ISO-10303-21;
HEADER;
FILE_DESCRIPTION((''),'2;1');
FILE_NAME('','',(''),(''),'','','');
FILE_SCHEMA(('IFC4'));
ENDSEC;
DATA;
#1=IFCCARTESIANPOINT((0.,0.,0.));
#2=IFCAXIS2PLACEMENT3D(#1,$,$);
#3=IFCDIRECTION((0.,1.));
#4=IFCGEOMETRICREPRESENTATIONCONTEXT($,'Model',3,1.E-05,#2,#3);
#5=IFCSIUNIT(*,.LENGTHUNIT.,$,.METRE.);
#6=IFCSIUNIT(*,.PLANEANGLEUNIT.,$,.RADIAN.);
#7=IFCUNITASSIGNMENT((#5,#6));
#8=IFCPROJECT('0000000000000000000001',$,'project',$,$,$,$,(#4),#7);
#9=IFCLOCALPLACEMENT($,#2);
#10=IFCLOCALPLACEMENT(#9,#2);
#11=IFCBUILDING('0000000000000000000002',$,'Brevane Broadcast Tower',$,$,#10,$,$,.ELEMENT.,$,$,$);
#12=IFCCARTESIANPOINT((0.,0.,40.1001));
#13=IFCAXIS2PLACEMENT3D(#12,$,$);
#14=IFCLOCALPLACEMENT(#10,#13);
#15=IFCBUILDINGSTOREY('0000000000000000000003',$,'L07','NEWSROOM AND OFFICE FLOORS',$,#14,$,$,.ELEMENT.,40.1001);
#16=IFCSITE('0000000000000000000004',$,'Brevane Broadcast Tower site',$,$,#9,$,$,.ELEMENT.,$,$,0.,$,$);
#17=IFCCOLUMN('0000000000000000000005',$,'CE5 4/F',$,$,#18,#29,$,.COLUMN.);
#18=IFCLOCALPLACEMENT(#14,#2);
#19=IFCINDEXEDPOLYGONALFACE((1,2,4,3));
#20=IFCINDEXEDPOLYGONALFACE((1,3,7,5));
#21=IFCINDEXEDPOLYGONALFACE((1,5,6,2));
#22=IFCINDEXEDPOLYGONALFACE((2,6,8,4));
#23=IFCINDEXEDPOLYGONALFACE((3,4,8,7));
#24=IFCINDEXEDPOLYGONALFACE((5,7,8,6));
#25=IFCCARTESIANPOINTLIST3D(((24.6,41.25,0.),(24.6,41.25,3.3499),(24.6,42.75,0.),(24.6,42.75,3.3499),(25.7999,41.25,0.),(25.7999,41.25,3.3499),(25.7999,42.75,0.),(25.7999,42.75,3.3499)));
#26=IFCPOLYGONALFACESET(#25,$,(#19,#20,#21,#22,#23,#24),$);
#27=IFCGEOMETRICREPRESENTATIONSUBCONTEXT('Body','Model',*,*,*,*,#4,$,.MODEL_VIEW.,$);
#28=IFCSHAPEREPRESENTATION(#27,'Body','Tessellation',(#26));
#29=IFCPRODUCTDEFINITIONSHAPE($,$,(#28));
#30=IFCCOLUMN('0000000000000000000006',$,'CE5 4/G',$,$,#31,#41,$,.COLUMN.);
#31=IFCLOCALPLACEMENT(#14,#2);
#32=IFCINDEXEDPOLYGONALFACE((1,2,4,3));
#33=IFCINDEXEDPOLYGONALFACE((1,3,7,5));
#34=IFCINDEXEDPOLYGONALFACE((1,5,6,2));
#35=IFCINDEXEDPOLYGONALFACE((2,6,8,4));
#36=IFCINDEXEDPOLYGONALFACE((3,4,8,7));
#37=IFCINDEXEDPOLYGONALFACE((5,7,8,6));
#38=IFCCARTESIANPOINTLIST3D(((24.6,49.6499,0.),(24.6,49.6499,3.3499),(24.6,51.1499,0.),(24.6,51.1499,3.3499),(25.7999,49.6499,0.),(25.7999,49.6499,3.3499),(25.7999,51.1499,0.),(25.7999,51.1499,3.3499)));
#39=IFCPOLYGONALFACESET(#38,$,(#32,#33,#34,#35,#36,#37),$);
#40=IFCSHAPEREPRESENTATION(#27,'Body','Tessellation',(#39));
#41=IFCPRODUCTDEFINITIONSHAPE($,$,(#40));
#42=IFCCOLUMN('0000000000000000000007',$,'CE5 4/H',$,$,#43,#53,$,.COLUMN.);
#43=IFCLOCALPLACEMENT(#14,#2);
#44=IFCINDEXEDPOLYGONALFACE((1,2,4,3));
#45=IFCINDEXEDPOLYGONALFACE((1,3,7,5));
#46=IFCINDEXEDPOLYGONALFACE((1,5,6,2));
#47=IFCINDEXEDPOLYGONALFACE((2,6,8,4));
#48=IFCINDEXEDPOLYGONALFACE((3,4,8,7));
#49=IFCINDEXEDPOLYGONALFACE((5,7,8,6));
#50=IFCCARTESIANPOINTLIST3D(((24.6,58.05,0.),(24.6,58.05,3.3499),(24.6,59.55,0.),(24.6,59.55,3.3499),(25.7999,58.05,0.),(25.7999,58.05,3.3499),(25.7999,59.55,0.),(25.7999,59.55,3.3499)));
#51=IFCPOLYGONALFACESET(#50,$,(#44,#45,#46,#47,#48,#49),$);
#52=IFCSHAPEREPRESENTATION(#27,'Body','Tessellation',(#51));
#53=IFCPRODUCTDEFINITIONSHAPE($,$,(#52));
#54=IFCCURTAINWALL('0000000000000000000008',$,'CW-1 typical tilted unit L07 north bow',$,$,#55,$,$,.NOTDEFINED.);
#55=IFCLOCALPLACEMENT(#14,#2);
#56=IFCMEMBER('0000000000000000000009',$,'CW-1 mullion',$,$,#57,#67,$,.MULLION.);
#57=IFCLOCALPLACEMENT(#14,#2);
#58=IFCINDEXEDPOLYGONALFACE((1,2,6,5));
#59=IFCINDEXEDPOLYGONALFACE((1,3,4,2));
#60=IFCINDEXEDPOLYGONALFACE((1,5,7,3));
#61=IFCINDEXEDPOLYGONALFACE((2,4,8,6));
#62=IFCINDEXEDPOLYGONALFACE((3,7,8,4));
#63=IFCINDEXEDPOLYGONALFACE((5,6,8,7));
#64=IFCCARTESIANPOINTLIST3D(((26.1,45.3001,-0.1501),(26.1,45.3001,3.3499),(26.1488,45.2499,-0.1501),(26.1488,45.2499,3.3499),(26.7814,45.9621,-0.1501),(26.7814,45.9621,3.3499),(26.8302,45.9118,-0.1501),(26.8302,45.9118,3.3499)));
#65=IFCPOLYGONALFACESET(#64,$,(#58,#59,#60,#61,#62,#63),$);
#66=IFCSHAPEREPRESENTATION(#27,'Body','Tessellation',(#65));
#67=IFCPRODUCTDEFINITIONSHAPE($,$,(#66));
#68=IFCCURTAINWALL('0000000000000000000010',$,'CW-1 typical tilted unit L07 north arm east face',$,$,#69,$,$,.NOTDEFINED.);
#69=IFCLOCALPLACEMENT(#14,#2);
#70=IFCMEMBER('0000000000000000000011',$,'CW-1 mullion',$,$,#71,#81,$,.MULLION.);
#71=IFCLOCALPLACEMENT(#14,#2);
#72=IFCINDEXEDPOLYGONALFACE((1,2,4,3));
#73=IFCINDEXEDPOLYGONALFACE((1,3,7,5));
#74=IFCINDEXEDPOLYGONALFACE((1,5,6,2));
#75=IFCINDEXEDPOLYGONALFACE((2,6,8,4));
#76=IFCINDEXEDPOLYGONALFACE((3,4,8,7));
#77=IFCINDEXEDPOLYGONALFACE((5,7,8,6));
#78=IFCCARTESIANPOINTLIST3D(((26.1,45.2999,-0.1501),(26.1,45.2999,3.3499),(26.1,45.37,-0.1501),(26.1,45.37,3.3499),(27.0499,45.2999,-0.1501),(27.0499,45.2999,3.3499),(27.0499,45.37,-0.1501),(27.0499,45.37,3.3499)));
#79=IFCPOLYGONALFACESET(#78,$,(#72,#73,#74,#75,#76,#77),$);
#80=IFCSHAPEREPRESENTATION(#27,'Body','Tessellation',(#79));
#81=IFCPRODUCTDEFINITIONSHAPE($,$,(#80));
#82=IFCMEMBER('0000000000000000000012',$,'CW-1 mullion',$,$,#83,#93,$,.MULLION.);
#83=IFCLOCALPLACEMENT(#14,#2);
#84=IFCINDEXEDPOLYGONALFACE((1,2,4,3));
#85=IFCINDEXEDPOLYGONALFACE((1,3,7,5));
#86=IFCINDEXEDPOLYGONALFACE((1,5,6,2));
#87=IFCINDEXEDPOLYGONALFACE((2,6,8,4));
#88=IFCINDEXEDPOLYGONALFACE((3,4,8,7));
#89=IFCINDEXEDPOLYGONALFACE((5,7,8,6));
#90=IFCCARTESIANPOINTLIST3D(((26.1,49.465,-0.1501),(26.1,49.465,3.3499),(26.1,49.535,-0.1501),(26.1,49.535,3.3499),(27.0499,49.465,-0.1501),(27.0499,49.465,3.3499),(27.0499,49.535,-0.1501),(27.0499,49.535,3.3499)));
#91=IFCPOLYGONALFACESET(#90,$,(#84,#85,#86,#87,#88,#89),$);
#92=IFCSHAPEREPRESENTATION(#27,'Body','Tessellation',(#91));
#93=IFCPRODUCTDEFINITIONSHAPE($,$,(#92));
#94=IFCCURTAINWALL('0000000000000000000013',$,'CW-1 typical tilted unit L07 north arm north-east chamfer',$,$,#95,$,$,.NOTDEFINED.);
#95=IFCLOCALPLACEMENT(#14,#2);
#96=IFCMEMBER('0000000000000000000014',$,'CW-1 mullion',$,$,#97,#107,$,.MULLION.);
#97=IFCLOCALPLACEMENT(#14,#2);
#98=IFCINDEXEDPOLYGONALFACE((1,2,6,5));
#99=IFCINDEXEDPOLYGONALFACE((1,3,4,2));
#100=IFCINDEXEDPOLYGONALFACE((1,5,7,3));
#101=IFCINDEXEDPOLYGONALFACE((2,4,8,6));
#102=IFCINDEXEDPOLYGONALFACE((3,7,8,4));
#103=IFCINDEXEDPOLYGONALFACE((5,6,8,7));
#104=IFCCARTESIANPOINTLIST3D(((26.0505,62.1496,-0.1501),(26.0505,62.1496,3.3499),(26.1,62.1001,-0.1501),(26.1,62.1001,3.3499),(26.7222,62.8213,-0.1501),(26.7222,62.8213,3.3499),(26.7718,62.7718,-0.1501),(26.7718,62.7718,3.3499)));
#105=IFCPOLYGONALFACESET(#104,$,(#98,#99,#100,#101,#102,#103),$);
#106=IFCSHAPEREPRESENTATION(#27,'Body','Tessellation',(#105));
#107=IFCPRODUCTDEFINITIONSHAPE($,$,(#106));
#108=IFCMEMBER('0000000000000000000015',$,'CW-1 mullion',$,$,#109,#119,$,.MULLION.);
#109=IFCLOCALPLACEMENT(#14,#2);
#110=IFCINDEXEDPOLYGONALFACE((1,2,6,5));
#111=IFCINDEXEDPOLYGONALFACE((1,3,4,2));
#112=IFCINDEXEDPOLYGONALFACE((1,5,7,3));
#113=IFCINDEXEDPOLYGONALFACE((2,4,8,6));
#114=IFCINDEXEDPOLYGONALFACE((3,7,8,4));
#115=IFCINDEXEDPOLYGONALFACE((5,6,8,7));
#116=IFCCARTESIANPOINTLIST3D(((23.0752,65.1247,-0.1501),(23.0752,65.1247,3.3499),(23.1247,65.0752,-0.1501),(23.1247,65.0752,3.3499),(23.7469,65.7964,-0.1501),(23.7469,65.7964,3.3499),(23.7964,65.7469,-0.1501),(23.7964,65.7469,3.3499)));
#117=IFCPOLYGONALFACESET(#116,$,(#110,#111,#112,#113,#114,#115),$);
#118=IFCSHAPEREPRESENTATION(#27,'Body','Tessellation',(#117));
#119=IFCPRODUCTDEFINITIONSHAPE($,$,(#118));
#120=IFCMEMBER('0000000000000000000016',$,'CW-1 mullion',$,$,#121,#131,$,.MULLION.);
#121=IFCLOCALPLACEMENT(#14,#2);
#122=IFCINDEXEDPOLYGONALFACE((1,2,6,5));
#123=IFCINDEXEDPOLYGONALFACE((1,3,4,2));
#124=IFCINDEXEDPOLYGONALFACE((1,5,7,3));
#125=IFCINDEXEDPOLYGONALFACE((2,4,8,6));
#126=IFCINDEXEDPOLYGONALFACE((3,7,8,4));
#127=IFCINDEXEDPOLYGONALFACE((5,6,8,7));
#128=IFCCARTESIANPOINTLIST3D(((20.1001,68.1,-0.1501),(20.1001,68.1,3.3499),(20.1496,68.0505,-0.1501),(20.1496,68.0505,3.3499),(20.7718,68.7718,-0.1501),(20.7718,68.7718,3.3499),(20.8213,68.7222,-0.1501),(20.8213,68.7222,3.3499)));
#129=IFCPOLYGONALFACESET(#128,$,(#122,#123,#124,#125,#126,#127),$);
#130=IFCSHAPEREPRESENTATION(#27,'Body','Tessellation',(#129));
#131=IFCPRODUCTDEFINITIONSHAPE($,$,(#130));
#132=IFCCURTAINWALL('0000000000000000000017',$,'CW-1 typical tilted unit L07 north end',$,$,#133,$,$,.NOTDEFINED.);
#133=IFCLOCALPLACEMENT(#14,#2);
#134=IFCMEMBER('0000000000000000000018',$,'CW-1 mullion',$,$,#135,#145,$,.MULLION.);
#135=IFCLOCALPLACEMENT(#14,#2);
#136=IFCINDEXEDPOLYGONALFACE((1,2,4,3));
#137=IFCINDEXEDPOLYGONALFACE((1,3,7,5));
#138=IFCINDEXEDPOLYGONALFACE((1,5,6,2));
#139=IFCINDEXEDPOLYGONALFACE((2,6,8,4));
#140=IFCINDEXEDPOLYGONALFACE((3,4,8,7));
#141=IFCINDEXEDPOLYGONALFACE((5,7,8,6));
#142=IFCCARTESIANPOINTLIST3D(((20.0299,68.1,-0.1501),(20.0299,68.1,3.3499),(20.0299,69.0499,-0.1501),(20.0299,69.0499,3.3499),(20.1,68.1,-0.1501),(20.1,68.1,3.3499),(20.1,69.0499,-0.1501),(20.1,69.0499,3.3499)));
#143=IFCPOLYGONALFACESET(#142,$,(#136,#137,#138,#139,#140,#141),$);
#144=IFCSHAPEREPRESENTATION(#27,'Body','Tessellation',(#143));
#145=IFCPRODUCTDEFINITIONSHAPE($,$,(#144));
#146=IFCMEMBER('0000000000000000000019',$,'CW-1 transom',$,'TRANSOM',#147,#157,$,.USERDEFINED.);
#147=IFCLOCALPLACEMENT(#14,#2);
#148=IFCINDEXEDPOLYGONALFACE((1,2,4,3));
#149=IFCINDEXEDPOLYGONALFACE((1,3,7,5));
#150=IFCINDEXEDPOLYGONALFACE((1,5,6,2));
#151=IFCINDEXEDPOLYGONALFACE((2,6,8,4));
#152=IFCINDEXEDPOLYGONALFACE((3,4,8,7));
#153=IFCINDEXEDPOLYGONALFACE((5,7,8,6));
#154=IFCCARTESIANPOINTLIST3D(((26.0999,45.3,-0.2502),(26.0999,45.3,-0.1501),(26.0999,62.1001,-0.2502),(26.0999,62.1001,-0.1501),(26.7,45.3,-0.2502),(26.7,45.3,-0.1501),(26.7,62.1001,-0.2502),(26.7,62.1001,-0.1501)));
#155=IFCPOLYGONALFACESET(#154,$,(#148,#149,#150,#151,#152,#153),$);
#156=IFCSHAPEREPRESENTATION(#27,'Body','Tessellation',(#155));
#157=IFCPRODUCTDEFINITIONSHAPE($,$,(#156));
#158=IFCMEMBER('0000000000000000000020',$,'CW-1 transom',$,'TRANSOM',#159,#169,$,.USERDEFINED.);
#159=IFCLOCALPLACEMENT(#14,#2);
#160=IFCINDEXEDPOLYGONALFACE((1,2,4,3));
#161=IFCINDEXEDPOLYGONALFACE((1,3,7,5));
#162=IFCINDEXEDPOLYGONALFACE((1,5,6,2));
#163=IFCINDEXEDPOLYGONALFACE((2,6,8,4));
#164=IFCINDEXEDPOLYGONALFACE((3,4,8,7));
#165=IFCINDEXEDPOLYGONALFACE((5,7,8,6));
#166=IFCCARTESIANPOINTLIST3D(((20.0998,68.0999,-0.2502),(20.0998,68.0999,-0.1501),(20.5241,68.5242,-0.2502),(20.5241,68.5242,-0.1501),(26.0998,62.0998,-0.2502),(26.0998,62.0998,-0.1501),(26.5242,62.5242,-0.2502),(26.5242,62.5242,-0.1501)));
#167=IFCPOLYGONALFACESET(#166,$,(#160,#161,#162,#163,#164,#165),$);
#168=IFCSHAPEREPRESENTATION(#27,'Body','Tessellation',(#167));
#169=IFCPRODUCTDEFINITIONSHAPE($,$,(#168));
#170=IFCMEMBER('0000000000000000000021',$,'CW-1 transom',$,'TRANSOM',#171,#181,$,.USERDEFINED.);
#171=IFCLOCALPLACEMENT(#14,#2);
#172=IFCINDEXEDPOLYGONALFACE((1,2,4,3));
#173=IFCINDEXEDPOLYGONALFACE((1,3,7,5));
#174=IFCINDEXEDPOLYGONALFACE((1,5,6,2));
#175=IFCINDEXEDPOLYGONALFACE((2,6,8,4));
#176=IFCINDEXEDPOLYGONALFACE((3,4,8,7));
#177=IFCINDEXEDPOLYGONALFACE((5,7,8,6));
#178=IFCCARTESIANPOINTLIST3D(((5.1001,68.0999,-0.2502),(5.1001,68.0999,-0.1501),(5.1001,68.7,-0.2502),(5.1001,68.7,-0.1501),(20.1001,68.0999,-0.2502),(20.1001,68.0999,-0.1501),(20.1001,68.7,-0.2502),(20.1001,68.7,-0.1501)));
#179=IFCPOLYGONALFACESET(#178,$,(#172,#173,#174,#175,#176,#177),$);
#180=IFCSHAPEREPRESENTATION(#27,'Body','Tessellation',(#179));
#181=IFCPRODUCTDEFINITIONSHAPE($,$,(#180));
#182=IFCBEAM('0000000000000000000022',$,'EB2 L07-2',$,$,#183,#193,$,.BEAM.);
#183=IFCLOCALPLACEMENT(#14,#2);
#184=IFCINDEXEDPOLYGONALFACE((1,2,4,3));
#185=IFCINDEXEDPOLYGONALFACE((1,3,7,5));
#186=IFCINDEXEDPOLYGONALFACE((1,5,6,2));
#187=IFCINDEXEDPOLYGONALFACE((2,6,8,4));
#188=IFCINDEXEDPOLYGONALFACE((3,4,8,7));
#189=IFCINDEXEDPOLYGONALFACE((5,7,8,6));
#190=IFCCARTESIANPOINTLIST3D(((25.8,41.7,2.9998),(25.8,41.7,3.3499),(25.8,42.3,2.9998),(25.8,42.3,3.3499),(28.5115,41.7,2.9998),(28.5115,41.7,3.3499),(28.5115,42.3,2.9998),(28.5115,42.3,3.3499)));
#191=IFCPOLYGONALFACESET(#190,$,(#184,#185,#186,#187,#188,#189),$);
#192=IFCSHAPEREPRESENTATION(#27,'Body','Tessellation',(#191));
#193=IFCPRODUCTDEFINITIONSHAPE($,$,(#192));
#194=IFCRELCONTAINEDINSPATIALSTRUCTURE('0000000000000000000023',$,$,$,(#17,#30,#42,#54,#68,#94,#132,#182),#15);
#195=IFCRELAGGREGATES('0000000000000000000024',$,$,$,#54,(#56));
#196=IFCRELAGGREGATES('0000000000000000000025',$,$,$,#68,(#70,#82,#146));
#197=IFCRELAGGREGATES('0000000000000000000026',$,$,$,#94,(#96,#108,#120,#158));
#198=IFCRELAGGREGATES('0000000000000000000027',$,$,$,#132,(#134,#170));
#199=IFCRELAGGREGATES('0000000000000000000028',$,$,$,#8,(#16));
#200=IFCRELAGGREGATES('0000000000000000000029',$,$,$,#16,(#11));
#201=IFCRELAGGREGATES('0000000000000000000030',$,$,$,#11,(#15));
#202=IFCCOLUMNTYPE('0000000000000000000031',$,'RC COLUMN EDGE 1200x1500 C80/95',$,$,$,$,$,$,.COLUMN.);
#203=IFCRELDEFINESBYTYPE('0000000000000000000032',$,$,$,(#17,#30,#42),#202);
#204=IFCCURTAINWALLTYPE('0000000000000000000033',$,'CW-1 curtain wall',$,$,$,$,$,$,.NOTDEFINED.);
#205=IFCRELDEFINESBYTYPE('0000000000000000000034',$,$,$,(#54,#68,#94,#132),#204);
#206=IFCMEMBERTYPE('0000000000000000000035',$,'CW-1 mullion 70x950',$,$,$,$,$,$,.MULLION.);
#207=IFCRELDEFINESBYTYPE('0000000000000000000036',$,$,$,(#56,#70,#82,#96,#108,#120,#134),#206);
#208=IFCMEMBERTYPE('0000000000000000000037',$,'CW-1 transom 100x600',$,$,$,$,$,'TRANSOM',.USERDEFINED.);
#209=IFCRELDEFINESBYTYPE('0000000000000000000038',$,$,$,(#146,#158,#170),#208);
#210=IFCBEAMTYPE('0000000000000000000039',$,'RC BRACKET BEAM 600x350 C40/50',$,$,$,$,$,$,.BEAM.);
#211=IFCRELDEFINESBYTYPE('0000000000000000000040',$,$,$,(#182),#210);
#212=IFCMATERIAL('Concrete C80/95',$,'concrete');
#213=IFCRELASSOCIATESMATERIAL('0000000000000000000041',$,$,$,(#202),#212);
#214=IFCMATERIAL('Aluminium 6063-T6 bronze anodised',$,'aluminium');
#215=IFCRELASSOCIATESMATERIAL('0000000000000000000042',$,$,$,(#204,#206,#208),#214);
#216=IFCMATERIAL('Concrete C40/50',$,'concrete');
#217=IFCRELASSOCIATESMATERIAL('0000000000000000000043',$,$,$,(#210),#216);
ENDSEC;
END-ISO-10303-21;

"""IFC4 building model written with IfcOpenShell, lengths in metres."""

from ifc_helpers import new_model, si_unit, direction, frame, origin, origin_2d, place, context, subcontext, project, spatial, rectangle, extrude, material, material_profile, profile_set, type_object, element, aggregate, save


model = new_model("IFC4")

# Units and contexts
model_context = context("Model", 3, precision=1e-05, world=origin(), true_north=direction((0.0, 1.0)))
body_context = subcontext(model_context, "Body", "Model", "MODEL_VIEW")
ifc_project = project(units=[si_unit("LENGTHUNIT", "METRE"), si_unit("PLANEANGLEUNIT", "RADIAN")], contexts=[model_context])

# Site, building, storey
site_placement = place(None, origin())
site = spatial("IfcSite", under=ifc_project, at=site_placement, Name="Brevane Broadcast Tower site", CompositionType="ELEMENT", RefElevation=0.0)
building_placement = place(site_placement, origin())
building = spatial("IfcBuilding", under=site, at=building_placement, Name="Brevane Broadcast Tower", CompositionType="ELEMENT")
storey_placement = place(building_placement, frame((0.0, 0.0, 40.1001)))
storey = spatial("IfcBuildingStorey", under=building, at=storey_placement, Name="L07", Description="NEWSROOM AND OFFICE FLOORS", CompositionType="ELEMENT", Elevation=40.1001)

# Columns
ifc_material_1 = material(Name="Concrete C80/95", Category="concrete")
ifc_material_profile_1 = material_profile(ifc_material_1, rectangle(XDim=1.2, YDim=1.5, at=origin_2d()), Name="RC 1200x1500")
ifc_profile_set_1 = profile_set([ifc_material_profile_1], Name="Concrete C80/95")
column_type = type_object("IfcColumnType", Name="RC COLUMN EDGE 1200x1500 C80/95", PredefinedType="COLUMN", material=ifc_profile_set_1)
for number, where, z_axis, x_axis, name in (
    (1, (25.2, 42.0, 0.0), (0.0, 0.0, 1.0), (1.0, 0.0, 0.0), "CE5 4/F"),
    (2, (25.2, 50.3999, 0.0), (0.0, 0.0, 1.0), (1.0, 0.0, 0.0), "CE5 4/G"),
    (3, (25.2, 58.8, 0.0), (0.0, 0.0, 1.0), (1.0, 0.0, 0.0), "CE5 4/H"),
):
    element("IfcColumn", number, at=place(storey_placement, frame(where, z_axis=z_axis, x_axis=x_axis)), inside=storey, type_object=column_type, Name=name, PredefinedType="COLUMN", context=body_context, shape_type="SweptSolid", body=[
        extrude(rectangle(XDim=1.2, YDim=1.5, at=origin_2d()), origin(), (0.0, 0.0, 1.0), 3.3499),
    ])

# Curtain wall, member
ifc_material_2 = material(Name="Aluminium 6063-T6 bronze anodised", Category="aluminium")
curtain_wall_type = type_object("IfcCurtainWallType", Name="CW-1 curtain wall", PredefinedType="NOTDEFINED", material=ifc_material_2)
curtain_wall_1_placement = place(storey_placement, origin())
curtain_wall_1 = element("IfcCurtainWall", 4, at=curtain_wall_1_placement, inside=storey, type_object=curtain_wall_type, Name="CW-1 typical tilted unit L07 north bow", PredefinedType="NOTDEFINED")
ifc_material_profile_2 = material_profile(ifc_material_2, rectangle(XDim=0.95, YDim=0.0701, at=origin_2d()), Name="RECT 70x950")
ifc_profile_set_2 = profile_set([ifc_material_profile_2], Name="Aluminium 6063-T6 bronze anodised")
member_type_1 = type_object("IfcMemberType", Name="CW-1 mullion 70x950", PredefinedType="MULLION", material=ifc_profile_set_2)
member_1_placement = place(storey_placement, frame((26.4651, 45.606, -0.1501), z_axis=(0.0, 0.0, 1.0), x_axis=(-0.717254, -0.696812, 0.0)))
member_1 = element("IfcMember", 5, at=member_1_placement, type_object=member_type_1, Name="CW-1 mullion", PredefinedType="MULLION", context=body_context, shape_type="SweptSolid", body=[
    extrude(rectangle(XDim=0.95, YDim=0.0701, at=origin_2d()), origin(), (0.0, 0.0, 1.0), 3.5),
])
aggregate(curtain_wall_1, [member_1])

# Curtain walls, members
curtain_wall_2_placement = place(storey_placement, origin())
curtain_wall_2 = element("IfcCurtainWall", 6, at=curtain_wall_2_placement, inside=storey, type_object=curtain_wall_type, Name="CW-1 typical tilted unit L07 north arm east face", PredefinedType="NOTDEFINED")
member_2_placement = place(storey_placement, frame((26.575, 45.335, -0.1501), z_axis=(0.0, 0.0, 1.0), x_axis=(-1.0, 0.0, 0.0)))
member_2 = element("IfcMember", 7, at=member_2_placement, type_object=member_type_1, Name="CW-1 mullion", PredefinedType="MULLION", context=body_context, shape_type="SweptSolid", body=[
    extrude(rectangle(XDim=0.95, YDim=0.0701, at=origin_2d()), origin(), (0.0, 0.0, 1.0), 3.5),
])
member_3_placement = place(storey_placement, frame((26.575, 49.5, -0.1501), z_axis=(0.0, 0.0, 1.0), x_axis=(-1.0, 0.0, 0.0)))
member_3 = element("IfcMember", 8, at=member_3_placement, type_object=member_type_1, Name="CW-1 mullion", PredefinedType="MULLION", context=body_context, shape_type="SweptSolid", body=[
    extrude(rectangle(XDim=0.95, YDim=0.0701, at=origin_2d()), origin(), (0.0, 0.0, 1.0), 3.5),
])
curtain_wall_3_placement = place(storey_placement, origin())
curtain_wall_3 = element("IfcCurtainWall", 9, at=curtain_wall_3_placement, inside=storey, type_object=curtain_wall_type, Name="CW-1 typical tilted unit L07 north arm north-east chamfer", PredefinedType="NOTDEFINED")
member_4_placement = place(storey_placement, frame((26.4111, 62.4607, -0.1501), z_axis=(0.0, 0.0, 1.0), x_axis=(-0.707107, -0.707107, 0.0)))
member_4 = element("IfcMember", 10, at=member_4_placement, type_object=member_type_1, Name="CW-1 mullion", PredefinedType="MULLION", context=body_context, shape_type="SweptSolid", body=[
    extrude(rectangle(XDim=0.95, YDim=0.0701, at=origin_2d()), origin(), (0.0, 0.0, 1.0), 3.5),
])
member_5_placement = place(storey_placement, frame((23.4358, 65.4358, -0.1501), z_axis=(0.0, 0.0, 1.0), x_axis=(-0.707107, -0.707107, 0.0)))
member_5 = element("IfcMember", 11, at=member_5_placement, type_object=member_type_1, Name="CW-1 mullion", PredefinedType="MULLION", context=body_context, shape_type="SweptSolid", body=[
    extrude(rectangle(XDim=0.95, YDim=0.0701, at=origin_2d()), origin(), (0.0, 0.0, 1.0), 3.5),
])
member_6_placement = place(storey_placement, frame((20.4607, 68.4111, -0.1501), z_axis=(0.0, 0.0, 1.0), x_axis=(-0.707107, -0.707107, 0.0)))
member_6 = element("IfcMember", 12, at=member_6_placement, type_object=member_type_1, Name="CW-1 mullion", PredefinedType="MULLION", context=body_context, shape_type="SweptSolid", body=[
    extrude(rectangle(XDim=0.95, YDim=0.0701, at=origin_2d()), origin(), (0.0, 0.0, 1.0), 3.5),
])

# Curtain wall, member
curtain_wall_4_placement = place(storey_placement, origin())
curtain_wall_4 = element("IfcCurtainWall", 13, at=curtain_wall_4_placement, inside=storey, type_object=curtain_wall_type, Name="CW-1 typical tilted unit L07 north end", PredefinedType="NOTDEFINED")
member_7_placement = place(storey_placement, frame((20.0649, 68.575, -0.1501), z_axis=(0.0, 0.0, 1.0), x_axis=(0.0, -1.0, 0.0)))
member_7 = element("IfcMember", 14, at=member_7_placement, type_object=member_type_1, Name="CW-1 mullion", PredefinedType="MULLION", context=body_context, shape_type="SweptSolid", body=[
    extrude(rectangle(XDim=0.95, YDim=0.0701, at=origin_2d()), origin(), (0.0, 0.0, 1.0), 3.5),
])

# Members
ifc_material_profile_3 = material_profile(ifc_material_2, rectangle(XDim=0.6001, YDim=0.1001, at=origin_2d()), Name="RECT 100x600")
ifc_profile_set_3 = profile_set([ifc_material_profile_3], Name="Aluminium 6063-T6 bronze anodised")
member_type_2 = type_object("IfcMemberType", Name="CW-1 transom 100x600", ElementType="TRANSOM", PredefinedType="USERDEFINED", material=ifc_profile_set_3)
member_8_placement = place(storey_placement, frame((26.3999, 45.3, -0.2002), z_axis=(0.0, 1.0, 0.0), x_axis=(-1.0, 0.0, 0.0)))
member_8 = element("IfcMember", 15, at=member_8_placement, type_object=member_type_2, Name="CW-1 transom", ObjectType="TRANSOM", PredefinedType="USERDEFINED", context=body_context, shape_type="SweptSolid", body=[
    extrude(rectangle(XDim=0.6001, YDim=0.1001, at=origin_2d()), origin(), (0.0, 0.0, 1.0), 16.8),
])
aggregate(curtain_wall_2, [member_2, member_3, member_8])
member_9_placement = place(storey_placement, frame((26.312, 62.312, -0.2002), z_axis=(-0.707107, 0.707107, 0.0), x_axis=(-0.707107, -0.707107, 0.0)))
member_9 = element("IfcMember", 16, at=member_9_placement, type_object=member_type_2, Name="CW-1 transom", ObjectType="TRANSOM", PredefinedType="USERDEFINED", context=body_context, shape_type="SweptSolid", body=[
    extrude(rectangle(XDim=0.6001, YDim=0.1001, at=origin_2d()), origin(), (0.0, 0.0, 1.0), 8.4854),
])
aggregate(curtain_wall_3, [member_4, member_5, member_6, member_9])
member_10_placement = place(storey_placement, frame((20.1001, 68.3999, -0.2002), z_axis=(-1.0, 0.0, 0.0), x_axis=(0.0, -1.0, 0.0)))
member_10 = element("IfcMember", 17, at=member_10_placement, type_object=member_type_2, Name="CW-1 transom", ObjectType="TRANSOM", PredefinedType="USERDEFINED", context=body_context, shape_type="SweptSolid", body=[
    extrude(rectangle(XDim=0.6001, YDim=0.1001, at=origin_2d()), origin(), (0.0, 0.0, 1.0), 15.0),
])
aggregate(curtain_wall_4, [member_7, member_10])

# Beam
ifc_material_3 = material(Name="Concrete C40/50", Category="concrete")
ifc_material_profile_4 = material_profile(ifc_material_3, rectangle(XDim=0.6001, YDim=0.3501, at=origin_2d()), Name="RC 600x350")
ifc_profile_set_4 = profile_set([ifc_material_profile_4], Name="Concrete C40/50")
beam_type_1 = type_object("IfcBeamType", Name="RC BRACKET BEAM 600x350 C40/50", PredefinedType="BEAM", material=ifc_profile_set_4)
beam_1_placement = place(storey_placement, frame((25.8, 42.0, 3.1748), z_axis=(1.0, 0.0, 0.0), x_axis=(0.0, 1.0, 0.0)))
element("IfcBeam", 18, at=beam_1_placement, inside=storey, type_object=beam_type_1, Name="EB2 L07-2", PredefinedType="BEAM", context=body_context, shape_type="SweptSolid", body=[
    extrude(rectangle(XDim=0.6001, YDim=0.3501, at=origin_2d()), origin(), (0.0, 0.0, 1.0), 2.7114),
])

save(model, "model.ifc")
